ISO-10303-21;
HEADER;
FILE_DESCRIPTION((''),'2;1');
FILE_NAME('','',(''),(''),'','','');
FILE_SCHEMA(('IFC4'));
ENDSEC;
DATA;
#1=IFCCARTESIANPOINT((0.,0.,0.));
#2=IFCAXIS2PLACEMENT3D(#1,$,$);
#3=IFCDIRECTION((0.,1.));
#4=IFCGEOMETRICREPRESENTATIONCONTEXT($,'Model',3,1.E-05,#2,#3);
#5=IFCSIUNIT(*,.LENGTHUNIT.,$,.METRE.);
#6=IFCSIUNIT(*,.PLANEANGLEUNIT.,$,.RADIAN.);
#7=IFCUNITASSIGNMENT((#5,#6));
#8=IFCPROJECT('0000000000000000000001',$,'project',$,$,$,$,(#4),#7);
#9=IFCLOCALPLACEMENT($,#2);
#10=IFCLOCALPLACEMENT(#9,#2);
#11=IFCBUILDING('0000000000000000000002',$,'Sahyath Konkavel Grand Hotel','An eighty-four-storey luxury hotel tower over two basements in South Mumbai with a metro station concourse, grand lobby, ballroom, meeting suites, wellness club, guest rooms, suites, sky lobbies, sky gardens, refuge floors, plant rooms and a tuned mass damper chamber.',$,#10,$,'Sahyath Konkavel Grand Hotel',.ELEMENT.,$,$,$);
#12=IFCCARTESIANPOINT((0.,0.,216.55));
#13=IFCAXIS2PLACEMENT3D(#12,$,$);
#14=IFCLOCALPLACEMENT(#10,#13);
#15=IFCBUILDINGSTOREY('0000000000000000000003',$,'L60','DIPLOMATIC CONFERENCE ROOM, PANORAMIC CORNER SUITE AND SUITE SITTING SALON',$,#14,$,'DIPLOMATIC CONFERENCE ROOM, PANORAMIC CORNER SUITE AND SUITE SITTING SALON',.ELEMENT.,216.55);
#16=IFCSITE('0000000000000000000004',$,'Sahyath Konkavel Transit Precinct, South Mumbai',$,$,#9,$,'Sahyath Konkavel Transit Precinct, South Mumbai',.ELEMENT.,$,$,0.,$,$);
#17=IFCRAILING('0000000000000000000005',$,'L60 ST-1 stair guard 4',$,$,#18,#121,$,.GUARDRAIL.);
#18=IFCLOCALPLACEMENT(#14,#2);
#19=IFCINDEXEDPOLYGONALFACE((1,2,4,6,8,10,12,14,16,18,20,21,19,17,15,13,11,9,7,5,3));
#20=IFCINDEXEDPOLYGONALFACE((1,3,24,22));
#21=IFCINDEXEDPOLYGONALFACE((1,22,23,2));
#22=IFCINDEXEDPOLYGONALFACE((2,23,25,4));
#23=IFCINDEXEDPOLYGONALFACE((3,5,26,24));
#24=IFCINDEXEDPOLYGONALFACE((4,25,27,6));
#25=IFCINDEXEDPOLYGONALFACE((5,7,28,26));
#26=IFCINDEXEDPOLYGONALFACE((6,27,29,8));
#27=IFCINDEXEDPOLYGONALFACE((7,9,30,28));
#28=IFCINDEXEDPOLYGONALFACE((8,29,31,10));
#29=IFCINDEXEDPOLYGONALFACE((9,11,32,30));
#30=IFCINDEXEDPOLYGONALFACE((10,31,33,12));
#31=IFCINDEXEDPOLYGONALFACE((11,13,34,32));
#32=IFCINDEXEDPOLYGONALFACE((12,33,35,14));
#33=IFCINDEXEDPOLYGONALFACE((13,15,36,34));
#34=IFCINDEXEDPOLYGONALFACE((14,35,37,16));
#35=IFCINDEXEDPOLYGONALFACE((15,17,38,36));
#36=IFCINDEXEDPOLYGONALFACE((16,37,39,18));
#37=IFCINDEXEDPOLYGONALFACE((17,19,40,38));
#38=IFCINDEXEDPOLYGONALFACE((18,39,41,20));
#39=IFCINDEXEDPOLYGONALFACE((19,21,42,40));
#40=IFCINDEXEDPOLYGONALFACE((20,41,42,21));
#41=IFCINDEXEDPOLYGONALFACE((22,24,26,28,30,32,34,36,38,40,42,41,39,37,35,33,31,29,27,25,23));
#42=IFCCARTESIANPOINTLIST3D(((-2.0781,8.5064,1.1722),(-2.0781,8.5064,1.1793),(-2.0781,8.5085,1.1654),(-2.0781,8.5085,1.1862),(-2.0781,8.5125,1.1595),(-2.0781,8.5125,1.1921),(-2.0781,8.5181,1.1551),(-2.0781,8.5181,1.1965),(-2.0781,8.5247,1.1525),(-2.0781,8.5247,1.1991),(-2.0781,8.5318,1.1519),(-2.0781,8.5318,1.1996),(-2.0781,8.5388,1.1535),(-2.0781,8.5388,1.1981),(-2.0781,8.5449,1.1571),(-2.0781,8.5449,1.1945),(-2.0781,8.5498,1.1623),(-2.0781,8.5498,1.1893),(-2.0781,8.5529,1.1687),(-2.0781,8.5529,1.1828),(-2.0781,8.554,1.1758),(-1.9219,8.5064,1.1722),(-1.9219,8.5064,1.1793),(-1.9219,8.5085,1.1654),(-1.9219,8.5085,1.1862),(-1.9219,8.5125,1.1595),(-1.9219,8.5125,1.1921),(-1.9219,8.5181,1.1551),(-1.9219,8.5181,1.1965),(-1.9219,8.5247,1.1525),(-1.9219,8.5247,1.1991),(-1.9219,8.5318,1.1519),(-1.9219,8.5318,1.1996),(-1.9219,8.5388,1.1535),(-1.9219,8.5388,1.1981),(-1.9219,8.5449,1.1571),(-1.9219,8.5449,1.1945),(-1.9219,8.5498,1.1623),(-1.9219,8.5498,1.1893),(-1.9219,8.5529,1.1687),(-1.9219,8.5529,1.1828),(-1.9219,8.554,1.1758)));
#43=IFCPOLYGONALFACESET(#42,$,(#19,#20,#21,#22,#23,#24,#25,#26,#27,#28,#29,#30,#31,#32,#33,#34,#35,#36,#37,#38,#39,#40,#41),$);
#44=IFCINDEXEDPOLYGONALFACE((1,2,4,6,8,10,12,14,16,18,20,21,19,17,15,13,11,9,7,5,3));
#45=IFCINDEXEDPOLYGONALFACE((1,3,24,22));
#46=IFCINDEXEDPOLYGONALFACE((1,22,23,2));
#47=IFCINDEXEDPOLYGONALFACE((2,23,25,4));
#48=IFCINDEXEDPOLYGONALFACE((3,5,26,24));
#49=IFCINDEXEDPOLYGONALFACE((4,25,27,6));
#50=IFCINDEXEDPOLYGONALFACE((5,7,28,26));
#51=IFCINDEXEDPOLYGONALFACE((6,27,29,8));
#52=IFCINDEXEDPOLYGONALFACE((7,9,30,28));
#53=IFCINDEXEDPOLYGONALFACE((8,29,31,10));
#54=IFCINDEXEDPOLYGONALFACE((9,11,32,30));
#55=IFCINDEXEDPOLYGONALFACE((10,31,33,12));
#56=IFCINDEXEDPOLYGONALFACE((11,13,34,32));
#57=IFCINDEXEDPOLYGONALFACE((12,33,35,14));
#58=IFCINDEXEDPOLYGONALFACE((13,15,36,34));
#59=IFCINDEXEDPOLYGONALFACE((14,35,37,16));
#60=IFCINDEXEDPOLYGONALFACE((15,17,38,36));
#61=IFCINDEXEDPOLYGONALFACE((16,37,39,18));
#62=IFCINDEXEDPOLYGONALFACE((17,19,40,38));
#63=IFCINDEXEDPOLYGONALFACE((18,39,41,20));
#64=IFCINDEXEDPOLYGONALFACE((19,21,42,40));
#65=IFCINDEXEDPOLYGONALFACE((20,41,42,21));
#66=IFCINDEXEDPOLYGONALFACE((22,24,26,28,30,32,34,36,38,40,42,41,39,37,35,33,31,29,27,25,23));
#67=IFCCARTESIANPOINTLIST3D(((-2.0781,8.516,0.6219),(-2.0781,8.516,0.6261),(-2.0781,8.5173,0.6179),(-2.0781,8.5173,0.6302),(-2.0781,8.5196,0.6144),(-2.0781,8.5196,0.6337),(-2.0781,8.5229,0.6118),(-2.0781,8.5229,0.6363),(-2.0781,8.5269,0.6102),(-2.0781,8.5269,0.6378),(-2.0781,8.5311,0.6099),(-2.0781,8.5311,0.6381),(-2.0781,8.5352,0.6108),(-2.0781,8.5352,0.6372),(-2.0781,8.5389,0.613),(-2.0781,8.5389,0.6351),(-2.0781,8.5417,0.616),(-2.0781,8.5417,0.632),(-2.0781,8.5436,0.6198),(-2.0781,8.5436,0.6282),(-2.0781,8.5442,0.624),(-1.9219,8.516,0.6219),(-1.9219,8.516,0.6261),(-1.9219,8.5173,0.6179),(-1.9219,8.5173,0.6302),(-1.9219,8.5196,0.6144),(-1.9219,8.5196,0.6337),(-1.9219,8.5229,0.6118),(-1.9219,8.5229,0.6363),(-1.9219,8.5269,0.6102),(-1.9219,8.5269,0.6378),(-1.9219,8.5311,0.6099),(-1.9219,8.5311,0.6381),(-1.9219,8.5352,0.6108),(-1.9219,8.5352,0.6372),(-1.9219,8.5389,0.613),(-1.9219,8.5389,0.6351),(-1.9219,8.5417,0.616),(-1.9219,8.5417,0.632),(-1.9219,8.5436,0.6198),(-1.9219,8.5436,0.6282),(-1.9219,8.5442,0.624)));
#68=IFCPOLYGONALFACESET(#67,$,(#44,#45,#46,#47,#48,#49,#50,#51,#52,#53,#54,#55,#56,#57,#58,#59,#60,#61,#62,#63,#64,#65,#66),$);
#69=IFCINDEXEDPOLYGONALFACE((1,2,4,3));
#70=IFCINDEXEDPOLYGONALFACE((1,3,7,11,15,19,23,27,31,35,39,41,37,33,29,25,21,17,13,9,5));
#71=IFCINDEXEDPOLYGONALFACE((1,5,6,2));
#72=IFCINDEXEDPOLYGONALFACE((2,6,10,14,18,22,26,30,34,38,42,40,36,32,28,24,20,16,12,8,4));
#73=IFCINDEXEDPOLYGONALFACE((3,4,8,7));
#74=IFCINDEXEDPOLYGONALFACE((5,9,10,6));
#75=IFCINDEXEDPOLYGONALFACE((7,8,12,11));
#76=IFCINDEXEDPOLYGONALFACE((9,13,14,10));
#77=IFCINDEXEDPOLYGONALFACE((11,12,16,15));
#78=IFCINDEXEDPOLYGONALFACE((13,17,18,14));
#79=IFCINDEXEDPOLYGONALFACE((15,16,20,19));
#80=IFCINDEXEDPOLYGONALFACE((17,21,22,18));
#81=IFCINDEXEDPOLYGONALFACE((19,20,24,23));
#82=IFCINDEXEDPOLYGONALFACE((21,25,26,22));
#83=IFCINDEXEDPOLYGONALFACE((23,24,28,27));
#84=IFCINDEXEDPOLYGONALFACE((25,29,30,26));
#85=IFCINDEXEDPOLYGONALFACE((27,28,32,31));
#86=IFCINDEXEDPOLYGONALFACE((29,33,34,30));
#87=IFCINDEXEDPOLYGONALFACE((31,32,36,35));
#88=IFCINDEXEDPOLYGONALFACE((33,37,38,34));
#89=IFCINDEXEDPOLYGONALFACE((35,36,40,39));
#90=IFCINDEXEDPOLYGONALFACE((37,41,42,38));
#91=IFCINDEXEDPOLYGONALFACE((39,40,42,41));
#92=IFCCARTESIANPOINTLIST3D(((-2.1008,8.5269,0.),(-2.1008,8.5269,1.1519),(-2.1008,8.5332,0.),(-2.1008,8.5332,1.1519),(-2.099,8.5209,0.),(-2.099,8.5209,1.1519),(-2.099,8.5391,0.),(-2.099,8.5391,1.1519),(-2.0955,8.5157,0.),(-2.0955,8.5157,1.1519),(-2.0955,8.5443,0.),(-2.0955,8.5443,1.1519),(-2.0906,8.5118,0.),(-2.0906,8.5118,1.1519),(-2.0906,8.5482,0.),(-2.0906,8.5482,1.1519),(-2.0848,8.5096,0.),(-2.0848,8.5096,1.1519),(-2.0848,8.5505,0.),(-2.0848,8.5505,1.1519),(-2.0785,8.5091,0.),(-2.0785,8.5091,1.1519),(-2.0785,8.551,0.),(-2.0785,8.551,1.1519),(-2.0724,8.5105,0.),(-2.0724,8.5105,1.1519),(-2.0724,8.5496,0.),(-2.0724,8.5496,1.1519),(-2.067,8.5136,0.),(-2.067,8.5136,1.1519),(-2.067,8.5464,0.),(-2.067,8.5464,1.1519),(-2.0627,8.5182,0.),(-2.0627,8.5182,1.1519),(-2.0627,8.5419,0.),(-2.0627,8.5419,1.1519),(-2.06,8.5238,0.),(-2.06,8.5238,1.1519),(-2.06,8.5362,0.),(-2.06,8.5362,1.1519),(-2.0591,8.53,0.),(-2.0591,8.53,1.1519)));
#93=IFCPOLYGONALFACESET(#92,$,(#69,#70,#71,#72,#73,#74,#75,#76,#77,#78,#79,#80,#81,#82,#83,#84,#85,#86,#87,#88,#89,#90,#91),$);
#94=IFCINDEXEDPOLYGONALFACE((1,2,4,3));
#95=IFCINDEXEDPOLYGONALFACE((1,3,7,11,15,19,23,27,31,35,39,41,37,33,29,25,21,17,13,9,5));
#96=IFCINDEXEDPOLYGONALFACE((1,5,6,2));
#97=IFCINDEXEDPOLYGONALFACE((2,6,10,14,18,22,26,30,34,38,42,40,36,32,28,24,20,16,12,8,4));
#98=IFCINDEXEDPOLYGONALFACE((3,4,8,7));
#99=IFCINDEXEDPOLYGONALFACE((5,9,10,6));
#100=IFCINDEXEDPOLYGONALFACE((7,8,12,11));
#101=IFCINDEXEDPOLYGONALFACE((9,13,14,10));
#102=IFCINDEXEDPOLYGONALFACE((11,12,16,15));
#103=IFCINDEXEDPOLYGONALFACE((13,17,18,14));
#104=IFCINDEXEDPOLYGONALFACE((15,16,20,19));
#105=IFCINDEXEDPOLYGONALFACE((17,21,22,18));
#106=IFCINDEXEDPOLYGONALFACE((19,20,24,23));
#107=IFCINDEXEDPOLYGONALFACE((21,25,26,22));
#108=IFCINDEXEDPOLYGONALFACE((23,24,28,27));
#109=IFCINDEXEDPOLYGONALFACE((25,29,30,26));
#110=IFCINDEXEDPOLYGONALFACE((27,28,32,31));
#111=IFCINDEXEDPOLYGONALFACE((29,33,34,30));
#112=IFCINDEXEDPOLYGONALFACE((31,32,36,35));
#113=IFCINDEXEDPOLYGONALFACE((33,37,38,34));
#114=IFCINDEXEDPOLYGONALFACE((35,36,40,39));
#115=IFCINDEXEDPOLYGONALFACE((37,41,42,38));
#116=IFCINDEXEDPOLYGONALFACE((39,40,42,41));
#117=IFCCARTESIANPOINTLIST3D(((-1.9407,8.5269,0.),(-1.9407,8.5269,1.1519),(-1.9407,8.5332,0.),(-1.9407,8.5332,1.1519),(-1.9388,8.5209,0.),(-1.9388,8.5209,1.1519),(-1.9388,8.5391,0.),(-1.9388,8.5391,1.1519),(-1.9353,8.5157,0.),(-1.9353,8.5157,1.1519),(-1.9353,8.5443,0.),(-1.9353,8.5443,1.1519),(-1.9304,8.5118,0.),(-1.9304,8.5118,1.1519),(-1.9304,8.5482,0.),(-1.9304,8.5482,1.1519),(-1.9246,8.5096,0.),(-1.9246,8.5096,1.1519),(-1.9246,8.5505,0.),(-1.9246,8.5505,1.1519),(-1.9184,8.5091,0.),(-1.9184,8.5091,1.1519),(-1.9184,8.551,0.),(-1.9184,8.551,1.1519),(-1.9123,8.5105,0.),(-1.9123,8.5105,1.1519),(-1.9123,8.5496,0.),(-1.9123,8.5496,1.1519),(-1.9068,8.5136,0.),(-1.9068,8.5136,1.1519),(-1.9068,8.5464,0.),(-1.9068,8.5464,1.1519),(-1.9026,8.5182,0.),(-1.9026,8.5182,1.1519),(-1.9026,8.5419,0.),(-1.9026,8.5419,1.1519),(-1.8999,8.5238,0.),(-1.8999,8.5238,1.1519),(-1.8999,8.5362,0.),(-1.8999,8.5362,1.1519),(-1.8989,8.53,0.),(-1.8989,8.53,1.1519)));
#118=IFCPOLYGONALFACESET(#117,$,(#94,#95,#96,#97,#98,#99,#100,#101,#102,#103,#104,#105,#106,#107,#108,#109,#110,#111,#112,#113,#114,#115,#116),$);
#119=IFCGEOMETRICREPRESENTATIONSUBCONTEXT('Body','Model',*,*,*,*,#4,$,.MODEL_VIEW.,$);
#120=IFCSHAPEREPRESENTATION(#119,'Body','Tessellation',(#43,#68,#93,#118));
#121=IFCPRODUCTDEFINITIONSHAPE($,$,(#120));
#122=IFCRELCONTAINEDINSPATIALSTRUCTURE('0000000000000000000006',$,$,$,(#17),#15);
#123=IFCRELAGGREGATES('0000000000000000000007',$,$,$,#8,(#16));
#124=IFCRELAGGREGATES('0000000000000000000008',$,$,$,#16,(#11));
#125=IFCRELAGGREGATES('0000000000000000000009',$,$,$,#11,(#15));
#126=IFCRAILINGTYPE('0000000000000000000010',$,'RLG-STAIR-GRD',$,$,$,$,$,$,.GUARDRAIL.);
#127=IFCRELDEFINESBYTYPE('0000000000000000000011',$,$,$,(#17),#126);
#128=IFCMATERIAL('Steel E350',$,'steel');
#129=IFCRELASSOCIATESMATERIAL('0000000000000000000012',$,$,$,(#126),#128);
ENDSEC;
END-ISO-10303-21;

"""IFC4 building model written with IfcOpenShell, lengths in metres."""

from ifc_helpers import new_model, si_unit, direction, frame, origin, origin_2d, place, context, subcontext, project, spatial, circle, extrude, material, type_object, element, save


model = new_model("IFC4")

# Units and contexts
model_context = context("Model", 3, precision=1e-05, world=origin(), true_north=direction((0.0, 1.0)))
body_context = subcontext(model_context, "Body", "Model", "MODEL_VIEW")
ifc_project = project(units=[si_unit("LENGTHUNIT", "METRE"), si_unit("PLANEANGLEUNIT", "RADIAN")], contexts=[model_context])

# Site, building, storey
site_placement = place(None, origin())
site = spatial("IfcSite", under=ifc_project, at=site_placement, Name="Sahyath Konkavel Transit Precinct, South Mumbai", LongName="Sahyath Konkavel Transit Precinct, South Mumbai", CompositionType="ELEMENT", RefElevation=0.0)
building_placement = place(site_placement, origin())
building = spatial("IfcBuilding", under=site, at=building_placement, Name="Sahyath Konkavel Grand Hotel", Description="An eighty-four-storey luxury hotel tower over two basements in South Mumbai with a metro station concourse, grand lobby, ballroom, meeting suites, wellness club, guest rooms, suites, sky lobbies, sky gardens, refuge floors, plant rooms and a tuned mass damper chamber.", LongName="Sahyath Konkavel Grand Hotel", CompositionType="ELEMENT")
storey_placement = place(building_placement, frame((0.0, 0.0, 216.55)))
storey = spatial("IfcBuildingStorey", under=building, at=storey_placement, Name="L60", Description="DIPLOMATIC CONFERENCE ROOM, PANORAMIC CORNER SUITE AND SUITE SITTING SALON", LongName="DIPLOMATIC CONFERENCE ROOM, PANORAMIC CORNER SUITE AND SUITE SITTING SALON", CompositionType="ELEMENT", Elevation=216.55)

# Shared definitions
ifc_material_1 = material(Name="Steel E350", Category="steel")

# Railing
railing_type_1 = type_object("IfcRailingType", Name="RLG-STAIR-GRD", PredefinedType="GUARDRAIL", material=ifc_material_1)
railing_1_placement = place(storey_placement, frame((-2.0801, 8.53, 0.0)))
element("IfcRailing", 1, at=railing_1_placement, inside=storey, type_object=railing_type_1, Name="L60 ST-1 stair guard 4", PredefinedType="GUARDRAIL", context=body_context, shape_type="SweptSolid", body=[
    extrude(circle(Radius=0.0239, at=origin_2d()), frame((0.002, 0.0, 1.1758), z_axis=(1.0, 0.0, 0.0), x_axis=(0.0, 1.0, 0.0)), (0.0, 0.0, 1.0), 0.1562),
    extrude(circle(Radius=0.0142, at=origin_2d()), frame((0.002, 0.0, 0.624), z_axis=(1.0, 0.0, 0.0), x_axis=(0.0, 1.0, 0.0)), (0.0, 0.0, 1.0), 0.1562),
    extrude(circle(Radius=0.021, at=origin_2d()), origin(), (0.0, 0.0, 1.0), 1.1519),
    extrude(circle(Radius=0.021, at=origin_2d()), frame((0.1602, 0.0, 0.0)), (0.0, 0.0, 1.0), 1.1519),
])

save(model, "model.ifc")
